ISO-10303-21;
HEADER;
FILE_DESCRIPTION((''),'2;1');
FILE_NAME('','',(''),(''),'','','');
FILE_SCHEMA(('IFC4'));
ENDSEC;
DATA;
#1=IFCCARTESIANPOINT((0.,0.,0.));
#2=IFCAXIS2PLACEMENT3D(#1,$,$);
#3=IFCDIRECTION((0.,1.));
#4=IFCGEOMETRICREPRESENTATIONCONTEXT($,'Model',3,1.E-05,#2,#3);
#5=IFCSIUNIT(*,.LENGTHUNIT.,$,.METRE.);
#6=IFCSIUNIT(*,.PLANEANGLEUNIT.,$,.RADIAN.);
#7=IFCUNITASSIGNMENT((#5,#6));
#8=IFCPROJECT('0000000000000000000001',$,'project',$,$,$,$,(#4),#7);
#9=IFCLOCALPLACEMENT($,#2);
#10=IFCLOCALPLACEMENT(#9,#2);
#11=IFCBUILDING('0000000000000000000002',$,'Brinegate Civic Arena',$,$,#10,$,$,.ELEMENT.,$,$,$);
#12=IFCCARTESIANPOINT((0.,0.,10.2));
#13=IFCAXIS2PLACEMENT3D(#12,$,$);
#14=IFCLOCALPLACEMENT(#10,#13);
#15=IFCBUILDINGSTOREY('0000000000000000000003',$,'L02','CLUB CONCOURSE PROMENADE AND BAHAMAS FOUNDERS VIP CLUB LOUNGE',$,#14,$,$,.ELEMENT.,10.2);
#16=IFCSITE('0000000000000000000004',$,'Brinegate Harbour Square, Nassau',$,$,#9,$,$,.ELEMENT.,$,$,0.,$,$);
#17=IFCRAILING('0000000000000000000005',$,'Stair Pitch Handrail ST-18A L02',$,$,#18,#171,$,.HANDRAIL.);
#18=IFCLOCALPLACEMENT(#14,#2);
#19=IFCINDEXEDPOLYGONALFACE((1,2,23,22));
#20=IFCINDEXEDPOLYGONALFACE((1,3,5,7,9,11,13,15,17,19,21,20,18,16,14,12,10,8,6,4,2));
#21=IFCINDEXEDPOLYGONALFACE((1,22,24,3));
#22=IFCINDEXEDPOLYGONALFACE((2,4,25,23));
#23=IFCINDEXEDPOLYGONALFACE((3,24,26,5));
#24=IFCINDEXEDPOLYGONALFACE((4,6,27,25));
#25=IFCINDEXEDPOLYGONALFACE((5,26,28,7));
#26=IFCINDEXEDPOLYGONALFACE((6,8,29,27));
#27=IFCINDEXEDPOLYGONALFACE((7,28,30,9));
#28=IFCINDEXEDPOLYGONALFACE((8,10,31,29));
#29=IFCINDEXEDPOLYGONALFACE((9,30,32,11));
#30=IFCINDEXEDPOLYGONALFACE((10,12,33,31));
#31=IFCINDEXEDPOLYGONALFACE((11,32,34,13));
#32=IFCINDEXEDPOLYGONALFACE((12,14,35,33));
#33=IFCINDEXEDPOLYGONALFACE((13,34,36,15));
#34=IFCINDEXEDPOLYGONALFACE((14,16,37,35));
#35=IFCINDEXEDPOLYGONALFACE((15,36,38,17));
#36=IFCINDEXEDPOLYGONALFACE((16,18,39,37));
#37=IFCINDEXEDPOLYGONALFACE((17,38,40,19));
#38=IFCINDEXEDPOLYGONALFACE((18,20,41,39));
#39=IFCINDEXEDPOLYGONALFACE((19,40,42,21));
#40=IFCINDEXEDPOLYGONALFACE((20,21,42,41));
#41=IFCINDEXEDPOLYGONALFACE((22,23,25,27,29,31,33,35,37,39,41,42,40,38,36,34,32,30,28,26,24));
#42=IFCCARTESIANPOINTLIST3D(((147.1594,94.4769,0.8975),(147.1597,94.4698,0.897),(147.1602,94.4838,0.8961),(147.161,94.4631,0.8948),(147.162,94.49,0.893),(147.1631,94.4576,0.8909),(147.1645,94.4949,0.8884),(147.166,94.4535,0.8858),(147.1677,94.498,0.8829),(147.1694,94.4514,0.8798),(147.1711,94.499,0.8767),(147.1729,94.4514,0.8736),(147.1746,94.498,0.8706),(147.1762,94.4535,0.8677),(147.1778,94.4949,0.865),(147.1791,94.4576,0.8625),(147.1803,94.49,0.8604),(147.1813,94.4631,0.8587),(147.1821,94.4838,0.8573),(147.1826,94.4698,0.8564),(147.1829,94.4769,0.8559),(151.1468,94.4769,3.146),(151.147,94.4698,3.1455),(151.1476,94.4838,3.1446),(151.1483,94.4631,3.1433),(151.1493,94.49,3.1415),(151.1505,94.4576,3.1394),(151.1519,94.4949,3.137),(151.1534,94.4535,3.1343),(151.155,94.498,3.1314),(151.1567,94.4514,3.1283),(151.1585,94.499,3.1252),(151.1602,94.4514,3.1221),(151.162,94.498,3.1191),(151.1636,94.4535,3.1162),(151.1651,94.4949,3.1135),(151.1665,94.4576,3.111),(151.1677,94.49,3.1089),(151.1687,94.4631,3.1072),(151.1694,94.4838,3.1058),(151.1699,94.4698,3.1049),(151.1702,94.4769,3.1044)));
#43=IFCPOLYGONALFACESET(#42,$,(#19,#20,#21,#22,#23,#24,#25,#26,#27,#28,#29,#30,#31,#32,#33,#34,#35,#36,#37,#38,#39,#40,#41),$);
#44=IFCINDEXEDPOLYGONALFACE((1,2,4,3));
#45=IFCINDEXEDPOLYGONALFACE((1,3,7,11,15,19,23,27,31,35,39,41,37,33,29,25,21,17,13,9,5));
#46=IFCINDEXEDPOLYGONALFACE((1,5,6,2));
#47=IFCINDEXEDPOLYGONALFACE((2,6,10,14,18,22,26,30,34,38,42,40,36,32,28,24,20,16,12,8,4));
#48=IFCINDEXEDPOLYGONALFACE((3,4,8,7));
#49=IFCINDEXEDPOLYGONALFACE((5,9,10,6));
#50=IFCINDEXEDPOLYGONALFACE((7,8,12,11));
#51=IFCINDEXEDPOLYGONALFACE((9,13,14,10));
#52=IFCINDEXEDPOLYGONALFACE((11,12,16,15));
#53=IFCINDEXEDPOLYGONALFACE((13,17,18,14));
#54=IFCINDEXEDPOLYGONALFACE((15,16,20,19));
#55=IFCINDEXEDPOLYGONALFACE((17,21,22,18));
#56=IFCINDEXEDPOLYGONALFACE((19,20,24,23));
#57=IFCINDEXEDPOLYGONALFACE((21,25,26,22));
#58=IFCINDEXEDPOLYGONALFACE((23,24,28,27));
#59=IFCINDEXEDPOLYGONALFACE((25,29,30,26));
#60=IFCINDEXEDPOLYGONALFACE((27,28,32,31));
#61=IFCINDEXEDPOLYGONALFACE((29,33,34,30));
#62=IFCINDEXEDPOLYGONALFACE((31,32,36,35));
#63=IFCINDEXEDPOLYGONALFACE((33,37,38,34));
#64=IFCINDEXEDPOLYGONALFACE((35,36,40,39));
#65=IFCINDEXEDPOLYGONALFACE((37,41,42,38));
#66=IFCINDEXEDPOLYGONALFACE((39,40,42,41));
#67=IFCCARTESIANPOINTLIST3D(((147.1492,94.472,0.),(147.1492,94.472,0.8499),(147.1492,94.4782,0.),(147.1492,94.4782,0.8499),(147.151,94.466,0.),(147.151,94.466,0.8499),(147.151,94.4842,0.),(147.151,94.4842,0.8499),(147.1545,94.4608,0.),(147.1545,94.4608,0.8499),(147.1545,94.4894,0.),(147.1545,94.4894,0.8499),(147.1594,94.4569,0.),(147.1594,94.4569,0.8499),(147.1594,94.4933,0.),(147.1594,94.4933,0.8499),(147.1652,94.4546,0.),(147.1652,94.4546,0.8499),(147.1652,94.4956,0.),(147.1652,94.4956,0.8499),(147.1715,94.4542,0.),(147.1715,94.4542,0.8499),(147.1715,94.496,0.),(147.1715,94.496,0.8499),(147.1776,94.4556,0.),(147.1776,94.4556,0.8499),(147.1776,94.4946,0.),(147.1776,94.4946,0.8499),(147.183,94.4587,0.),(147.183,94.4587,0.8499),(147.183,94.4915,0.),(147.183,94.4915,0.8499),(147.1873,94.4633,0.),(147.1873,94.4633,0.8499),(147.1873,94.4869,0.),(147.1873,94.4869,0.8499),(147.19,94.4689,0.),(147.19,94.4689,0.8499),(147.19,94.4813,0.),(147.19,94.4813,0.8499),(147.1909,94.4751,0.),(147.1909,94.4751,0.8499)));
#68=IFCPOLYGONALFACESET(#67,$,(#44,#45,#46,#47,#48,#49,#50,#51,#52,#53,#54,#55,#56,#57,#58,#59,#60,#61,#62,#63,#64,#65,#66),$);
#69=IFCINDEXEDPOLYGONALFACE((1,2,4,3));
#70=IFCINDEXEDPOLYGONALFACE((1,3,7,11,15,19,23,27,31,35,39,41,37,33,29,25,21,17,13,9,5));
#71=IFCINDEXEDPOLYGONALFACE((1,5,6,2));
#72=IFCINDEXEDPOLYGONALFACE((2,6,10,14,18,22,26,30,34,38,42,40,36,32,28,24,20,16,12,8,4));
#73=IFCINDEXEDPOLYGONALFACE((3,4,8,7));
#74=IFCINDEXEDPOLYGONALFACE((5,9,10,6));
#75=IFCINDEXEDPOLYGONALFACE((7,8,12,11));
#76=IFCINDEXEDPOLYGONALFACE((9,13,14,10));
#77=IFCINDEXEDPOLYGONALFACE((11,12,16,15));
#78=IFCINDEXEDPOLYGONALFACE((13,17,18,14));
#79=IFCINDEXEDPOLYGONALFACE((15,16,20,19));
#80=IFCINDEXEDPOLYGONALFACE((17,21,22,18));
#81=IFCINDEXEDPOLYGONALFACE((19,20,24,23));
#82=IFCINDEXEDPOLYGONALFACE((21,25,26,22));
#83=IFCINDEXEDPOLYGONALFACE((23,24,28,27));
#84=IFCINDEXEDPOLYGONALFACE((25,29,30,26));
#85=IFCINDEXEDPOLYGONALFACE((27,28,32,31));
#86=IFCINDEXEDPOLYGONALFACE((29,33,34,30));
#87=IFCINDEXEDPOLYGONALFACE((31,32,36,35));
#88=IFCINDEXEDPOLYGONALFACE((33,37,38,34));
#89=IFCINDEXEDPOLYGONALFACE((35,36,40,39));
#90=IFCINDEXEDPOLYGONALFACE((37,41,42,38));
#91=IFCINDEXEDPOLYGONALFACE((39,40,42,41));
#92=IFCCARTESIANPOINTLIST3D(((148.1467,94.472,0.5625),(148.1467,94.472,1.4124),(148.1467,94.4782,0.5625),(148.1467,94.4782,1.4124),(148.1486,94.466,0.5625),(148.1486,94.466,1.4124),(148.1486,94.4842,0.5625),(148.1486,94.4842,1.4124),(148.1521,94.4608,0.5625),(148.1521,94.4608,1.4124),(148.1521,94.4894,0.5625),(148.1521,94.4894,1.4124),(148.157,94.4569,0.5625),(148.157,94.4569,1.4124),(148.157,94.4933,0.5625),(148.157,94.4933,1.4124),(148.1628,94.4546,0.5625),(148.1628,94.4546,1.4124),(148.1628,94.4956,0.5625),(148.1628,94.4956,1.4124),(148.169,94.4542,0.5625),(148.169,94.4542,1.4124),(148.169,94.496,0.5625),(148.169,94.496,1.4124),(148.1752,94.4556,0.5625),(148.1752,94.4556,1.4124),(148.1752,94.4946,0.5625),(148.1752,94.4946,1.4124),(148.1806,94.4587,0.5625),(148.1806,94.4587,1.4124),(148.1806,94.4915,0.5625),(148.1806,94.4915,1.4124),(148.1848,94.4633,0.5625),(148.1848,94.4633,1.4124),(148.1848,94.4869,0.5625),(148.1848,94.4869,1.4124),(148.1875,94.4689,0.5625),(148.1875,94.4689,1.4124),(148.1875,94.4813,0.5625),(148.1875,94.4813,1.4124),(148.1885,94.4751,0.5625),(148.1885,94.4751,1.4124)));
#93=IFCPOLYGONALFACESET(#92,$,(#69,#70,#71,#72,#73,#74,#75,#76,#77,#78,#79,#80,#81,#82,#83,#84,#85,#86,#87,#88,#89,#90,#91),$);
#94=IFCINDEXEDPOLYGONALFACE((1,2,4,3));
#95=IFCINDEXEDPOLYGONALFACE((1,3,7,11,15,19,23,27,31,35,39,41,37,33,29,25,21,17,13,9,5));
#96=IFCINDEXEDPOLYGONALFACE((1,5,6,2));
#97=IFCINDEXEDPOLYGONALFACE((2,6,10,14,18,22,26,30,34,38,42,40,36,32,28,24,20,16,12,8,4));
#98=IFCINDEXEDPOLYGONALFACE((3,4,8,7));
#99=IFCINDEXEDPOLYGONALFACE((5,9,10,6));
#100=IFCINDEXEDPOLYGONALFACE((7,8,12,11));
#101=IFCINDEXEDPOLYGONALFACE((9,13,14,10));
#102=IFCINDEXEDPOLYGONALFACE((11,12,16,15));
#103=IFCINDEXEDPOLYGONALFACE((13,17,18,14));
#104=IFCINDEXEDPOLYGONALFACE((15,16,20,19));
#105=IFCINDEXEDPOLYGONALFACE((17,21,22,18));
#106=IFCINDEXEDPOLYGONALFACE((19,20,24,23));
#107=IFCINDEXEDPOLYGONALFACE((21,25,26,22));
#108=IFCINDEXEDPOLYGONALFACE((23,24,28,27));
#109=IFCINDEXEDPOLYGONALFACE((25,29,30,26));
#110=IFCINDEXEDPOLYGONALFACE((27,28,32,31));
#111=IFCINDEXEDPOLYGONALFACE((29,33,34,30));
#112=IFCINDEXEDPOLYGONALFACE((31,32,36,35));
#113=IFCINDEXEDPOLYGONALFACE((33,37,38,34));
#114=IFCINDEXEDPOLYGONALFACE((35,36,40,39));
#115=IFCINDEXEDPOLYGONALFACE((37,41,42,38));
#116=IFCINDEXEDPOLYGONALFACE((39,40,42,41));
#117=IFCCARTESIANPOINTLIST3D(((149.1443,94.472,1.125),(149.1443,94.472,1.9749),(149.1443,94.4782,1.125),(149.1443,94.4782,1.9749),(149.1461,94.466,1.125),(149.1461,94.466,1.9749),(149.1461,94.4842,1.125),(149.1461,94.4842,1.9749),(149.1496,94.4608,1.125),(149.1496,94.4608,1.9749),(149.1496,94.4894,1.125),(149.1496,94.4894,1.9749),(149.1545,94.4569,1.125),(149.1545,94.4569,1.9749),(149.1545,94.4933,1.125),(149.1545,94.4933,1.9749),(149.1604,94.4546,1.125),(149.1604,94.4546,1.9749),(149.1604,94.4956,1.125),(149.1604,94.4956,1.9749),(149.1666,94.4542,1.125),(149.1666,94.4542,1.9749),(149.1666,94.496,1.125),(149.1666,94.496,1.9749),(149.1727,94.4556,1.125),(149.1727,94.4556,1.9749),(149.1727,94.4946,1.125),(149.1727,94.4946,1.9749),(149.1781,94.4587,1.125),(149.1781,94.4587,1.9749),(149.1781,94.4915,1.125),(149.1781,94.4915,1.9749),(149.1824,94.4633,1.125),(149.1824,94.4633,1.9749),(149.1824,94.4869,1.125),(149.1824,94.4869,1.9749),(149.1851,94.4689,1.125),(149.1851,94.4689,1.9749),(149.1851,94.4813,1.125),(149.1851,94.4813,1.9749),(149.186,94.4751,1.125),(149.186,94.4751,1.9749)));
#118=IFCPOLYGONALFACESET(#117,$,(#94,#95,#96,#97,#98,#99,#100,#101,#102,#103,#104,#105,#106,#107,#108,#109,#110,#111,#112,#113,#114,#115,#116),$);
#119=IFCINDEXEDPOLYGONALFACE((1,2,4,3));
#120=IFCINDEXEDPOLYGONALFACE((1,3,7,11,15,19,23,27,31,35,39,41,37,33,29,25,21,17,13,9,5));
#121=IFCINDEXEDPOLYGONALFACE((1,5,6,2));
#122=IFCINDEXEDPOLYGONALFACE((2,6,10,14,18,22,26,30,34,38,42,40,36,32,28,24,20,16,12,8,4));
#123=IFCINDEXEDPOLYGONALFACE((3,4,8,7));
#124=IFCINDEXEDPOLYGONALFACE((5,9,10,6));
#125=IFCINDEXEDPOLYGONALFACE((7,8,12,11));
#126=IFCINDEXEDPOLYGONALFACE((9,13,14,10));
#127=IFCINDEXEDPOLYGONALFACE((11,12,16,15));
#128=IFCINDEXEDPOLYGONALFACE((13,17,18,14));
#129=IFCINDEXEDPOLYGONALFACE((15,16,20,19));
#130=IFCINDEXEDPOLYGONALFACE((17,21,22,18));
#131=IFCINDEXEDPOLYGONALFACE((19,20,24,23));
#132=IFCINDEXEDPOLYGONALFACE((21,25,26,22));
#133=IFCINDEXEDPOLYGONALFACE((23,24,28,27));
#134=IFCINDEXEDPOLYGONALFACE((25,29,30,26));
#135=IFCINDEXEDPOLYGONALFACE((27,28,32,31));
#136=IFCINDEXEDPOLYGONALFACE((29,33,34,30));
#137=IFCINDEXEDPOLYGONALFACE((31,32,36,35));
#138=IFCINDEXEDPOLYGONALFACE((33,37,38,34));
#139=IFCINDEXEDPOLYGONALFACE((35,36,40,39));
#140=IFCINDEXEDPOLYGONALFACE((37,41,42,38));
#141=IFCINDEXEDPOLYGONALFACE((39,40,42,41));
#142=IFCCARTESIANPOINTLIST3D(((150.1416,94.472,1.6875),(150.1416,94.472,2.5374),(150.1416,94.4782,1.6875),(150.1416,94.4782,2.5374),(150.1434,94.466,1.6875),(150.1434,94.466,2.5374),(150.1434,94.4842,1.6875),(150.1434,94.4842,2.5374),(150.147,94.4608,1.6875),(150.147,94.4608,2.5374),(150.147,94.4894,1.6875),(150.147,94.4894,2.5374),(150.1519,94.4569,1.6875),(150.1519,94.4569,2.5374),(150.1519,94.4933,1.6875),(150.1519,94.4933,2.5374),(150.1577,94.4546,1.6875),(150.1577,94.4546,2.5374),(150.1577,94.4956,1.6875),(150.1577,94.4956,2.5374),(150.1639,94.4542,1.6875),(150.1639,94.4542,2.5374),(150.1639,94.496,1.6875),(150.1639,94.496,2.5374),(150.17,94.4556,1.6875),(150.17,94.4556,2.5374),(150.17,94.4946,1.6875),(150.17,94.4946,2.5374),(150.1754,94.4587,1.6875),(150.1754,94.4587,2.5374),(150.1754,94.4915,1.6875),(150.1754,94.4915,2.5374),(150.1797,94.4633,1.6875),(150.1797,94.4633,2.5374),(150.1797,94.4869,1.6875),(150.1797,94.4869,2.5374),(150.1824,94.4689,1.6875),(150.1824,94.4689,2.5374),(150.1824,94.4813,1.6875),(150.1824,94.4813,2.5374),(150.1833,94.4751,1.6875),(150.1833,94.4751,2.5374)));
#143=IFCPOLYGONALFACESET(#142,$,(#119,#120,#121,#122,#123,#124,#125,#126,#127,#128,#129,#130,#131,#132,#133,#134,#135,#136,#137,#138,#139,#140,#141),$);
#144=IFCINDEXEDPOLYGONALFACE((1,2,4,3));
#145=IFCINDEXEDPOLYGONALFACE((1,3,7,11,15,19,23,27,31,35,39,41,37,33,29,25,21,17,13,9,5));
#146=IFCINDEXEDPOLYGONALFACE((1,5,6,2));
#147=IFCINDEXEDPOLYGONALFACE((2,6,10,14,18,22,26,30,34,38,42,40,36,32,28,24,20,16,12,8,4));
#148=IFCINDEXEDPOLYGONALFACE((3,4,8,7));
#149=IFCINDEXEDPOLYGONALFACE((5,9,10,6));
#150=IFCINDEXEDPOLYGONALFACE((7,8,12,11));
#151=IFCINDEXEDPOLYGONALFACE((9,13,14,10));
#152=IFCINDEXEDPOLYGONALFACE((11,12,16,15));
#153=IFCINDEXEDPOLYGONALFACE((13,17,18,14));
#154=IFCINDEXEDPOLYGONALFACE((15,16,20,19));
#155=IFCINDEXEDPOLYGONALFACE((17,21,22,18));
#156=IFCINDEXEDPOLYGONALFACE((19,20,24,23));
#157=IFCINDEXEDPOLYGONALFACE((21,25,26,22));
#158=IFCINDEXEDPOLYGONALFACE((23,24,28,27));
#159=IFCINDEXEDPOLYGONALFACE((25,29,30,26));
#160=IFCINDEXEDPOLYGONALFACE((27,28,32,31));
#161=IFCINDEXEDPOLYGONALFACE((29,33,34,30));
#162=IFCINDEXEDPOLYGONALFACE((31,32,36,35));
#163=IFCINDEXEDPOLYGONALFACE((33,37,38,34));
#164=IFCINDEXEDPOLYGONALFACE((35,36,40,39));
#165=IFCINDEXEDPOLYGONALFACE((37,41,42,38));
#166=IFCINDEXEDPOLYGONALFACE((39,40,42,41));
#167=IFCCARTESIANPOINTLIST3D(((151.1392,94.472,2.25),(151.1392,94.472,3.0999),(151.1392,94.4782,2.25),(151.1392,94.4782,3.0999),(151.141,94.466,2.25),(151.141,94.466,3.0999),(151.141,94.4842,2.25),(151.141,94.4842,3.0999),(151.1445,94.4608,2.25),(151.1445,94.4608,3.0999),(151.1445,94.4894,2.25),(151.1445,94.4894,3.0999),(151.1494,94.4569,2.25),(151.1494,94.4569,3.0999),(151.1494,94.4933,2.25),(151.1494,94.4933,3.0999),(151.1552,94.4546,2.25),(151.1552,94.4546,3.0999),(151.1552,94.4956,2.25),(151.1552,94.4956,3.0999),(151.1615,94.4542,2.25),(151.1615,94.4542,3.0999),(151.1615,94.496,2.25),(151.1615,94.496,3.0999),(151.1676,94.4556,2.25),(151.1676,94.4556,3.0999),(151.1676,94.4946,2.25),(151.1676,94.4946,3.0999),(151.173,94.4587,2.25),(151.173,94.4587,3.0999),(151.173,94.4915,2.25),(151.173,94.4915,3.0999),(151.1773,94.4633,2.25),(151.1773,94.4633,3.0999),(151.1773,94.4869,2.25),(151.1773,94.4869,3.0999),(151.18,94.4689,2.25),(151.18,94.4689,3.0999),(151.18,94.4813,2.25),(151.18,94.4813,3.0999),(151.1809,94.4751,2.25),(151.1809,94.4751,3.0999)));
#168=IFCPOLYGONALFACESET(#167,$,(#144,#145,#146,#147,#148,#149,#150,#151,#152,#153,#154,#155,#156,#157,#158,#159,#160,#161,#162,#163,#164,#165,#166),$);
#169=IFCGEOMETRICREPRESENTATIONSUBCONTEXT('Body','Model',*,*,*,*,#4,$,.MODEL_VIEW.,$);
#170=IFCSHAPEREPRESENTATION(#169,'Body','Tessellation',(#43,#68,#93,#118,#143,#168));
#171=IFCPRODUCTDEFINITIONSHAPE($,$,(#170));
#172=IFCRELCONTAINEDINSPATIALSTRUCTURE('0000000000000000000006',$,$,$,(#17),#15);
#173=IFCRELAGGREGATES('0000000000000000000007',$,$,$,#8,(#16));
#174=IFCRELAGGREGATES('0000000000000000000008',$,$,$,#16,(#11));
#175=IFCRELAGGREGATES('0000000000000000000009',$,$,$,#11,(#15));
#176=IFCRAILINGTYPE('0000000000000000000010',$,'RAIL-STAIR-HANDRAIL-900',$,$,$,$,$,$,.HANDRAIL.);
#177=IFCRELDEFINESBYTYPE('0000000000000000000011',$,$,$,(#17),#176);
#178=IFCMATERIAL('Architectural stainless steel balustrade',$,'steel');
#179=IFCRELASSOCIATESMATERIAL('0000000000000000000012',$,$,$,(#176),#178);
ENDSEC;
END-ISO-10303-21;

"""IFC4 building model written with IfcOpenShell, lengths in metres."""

from ifc_helpers import new_model, si_unit, direction, frame, origin, origin_2d, place, context, subcontext, project, spatial, circle, extrude, material, type_object, element, save


model = new_model("IFC4")

# Units and contexts
model_context = context("Model", 3, precision=1e-05, world=origin(), true_north=direction((0.0, 1.0)))
body_context = subcontext(model_context, "Body", "Model", "MODEL_VIEW")
ifc_project = project(units=[si_unit("LENGTHUNIT", "METRE"), si_unit("PLANEANGLEUNIT", "RADIAN")], contexts=[model_context])

# Site, building, storey
site_placement = place(None, origin())
site = spatial("IfcSite", under=ifc_project, at=site_placement, Name="Brinegate Harbour Square, Nassau", CompositionType="ELEMENT", RefElevation=0.0)
building_placement = place(site_placement, origin())
building = spatial("IfcBuilding", under=site, at=building_placement, Name="Brinegate Civic Arena", CompositionType="ELEMENT")
storey_placement = place(building_placement, frame((0.0, 0.0, 10.2)))
storey = spatial("IfcBuildingStorey", under=building, at=storey_placement, Name="L02", Description="CLUB CONCOURSE PROMENADE AND BAHAMAS FOUNDERS VIP CLUB LOUNGE", CompositionType="ELEMENT", Elevation=10.2)

# Railing
ifc_material_1 = material(Name="Architectural stainless steel balustrade", Category="steel")
railing_type = type_object("IfcRailingType", Name="RAIL-STAIR-HANDRAIL-900", PredefinedType="HANDRAIL", material=ifc_material_1)
for number, where, name in (
    (1, (147.1699, 94.4751, 0.0), "Stair Pitch Handrail ST-18A L02"),
):
    element("IfcRailing", number, at=place(storey_placement, frame(where)), inside=storey, type_object=railing_type, Name=name, PredefinedType="HANDRAIL", context=body_context, shape_type="SweptSolid", body=[
        extrude(circle(Radius=0.0239, at=origin_2d()), frame((0.0012, 0.0, 0.8767), z_axis=(0.87105, 0.0, 0.491195), x_axis=(0.0, 1.0, 0.0)), (0.0, 0.0, 1.0), 4.5776),
        extrude(circle(Radius=0.021, at=origin_2d()), origin(), (0.0, 0.0, 1.0), 0.8499),
        extrude(circle(Radius=0.021, at=origin_2d()), frame((0.9976, 0.0, 0.5625)), (0.0, 0.0, 1.0), 0.8499),
        extrude(circle(Radius=0.021, at=origin_2d()), frame((1.9951, 0.0, 1.125)), (0.0, 0.0, 1.0), 0.8499),
        extrude(circle(Radius=0.021, at=origin_2d()), frame((2.9924, 0.0, 1.6875)), (0.0, 0.0, 1.0), 0.8499),
        extrude(circle(Radius=0.021, at=origin_2d()), frame((3.99, 0.0, 2.25)), (0.0, 0.0, 1.0), 0.8499),
    ])

save(model, "model.ifc")
